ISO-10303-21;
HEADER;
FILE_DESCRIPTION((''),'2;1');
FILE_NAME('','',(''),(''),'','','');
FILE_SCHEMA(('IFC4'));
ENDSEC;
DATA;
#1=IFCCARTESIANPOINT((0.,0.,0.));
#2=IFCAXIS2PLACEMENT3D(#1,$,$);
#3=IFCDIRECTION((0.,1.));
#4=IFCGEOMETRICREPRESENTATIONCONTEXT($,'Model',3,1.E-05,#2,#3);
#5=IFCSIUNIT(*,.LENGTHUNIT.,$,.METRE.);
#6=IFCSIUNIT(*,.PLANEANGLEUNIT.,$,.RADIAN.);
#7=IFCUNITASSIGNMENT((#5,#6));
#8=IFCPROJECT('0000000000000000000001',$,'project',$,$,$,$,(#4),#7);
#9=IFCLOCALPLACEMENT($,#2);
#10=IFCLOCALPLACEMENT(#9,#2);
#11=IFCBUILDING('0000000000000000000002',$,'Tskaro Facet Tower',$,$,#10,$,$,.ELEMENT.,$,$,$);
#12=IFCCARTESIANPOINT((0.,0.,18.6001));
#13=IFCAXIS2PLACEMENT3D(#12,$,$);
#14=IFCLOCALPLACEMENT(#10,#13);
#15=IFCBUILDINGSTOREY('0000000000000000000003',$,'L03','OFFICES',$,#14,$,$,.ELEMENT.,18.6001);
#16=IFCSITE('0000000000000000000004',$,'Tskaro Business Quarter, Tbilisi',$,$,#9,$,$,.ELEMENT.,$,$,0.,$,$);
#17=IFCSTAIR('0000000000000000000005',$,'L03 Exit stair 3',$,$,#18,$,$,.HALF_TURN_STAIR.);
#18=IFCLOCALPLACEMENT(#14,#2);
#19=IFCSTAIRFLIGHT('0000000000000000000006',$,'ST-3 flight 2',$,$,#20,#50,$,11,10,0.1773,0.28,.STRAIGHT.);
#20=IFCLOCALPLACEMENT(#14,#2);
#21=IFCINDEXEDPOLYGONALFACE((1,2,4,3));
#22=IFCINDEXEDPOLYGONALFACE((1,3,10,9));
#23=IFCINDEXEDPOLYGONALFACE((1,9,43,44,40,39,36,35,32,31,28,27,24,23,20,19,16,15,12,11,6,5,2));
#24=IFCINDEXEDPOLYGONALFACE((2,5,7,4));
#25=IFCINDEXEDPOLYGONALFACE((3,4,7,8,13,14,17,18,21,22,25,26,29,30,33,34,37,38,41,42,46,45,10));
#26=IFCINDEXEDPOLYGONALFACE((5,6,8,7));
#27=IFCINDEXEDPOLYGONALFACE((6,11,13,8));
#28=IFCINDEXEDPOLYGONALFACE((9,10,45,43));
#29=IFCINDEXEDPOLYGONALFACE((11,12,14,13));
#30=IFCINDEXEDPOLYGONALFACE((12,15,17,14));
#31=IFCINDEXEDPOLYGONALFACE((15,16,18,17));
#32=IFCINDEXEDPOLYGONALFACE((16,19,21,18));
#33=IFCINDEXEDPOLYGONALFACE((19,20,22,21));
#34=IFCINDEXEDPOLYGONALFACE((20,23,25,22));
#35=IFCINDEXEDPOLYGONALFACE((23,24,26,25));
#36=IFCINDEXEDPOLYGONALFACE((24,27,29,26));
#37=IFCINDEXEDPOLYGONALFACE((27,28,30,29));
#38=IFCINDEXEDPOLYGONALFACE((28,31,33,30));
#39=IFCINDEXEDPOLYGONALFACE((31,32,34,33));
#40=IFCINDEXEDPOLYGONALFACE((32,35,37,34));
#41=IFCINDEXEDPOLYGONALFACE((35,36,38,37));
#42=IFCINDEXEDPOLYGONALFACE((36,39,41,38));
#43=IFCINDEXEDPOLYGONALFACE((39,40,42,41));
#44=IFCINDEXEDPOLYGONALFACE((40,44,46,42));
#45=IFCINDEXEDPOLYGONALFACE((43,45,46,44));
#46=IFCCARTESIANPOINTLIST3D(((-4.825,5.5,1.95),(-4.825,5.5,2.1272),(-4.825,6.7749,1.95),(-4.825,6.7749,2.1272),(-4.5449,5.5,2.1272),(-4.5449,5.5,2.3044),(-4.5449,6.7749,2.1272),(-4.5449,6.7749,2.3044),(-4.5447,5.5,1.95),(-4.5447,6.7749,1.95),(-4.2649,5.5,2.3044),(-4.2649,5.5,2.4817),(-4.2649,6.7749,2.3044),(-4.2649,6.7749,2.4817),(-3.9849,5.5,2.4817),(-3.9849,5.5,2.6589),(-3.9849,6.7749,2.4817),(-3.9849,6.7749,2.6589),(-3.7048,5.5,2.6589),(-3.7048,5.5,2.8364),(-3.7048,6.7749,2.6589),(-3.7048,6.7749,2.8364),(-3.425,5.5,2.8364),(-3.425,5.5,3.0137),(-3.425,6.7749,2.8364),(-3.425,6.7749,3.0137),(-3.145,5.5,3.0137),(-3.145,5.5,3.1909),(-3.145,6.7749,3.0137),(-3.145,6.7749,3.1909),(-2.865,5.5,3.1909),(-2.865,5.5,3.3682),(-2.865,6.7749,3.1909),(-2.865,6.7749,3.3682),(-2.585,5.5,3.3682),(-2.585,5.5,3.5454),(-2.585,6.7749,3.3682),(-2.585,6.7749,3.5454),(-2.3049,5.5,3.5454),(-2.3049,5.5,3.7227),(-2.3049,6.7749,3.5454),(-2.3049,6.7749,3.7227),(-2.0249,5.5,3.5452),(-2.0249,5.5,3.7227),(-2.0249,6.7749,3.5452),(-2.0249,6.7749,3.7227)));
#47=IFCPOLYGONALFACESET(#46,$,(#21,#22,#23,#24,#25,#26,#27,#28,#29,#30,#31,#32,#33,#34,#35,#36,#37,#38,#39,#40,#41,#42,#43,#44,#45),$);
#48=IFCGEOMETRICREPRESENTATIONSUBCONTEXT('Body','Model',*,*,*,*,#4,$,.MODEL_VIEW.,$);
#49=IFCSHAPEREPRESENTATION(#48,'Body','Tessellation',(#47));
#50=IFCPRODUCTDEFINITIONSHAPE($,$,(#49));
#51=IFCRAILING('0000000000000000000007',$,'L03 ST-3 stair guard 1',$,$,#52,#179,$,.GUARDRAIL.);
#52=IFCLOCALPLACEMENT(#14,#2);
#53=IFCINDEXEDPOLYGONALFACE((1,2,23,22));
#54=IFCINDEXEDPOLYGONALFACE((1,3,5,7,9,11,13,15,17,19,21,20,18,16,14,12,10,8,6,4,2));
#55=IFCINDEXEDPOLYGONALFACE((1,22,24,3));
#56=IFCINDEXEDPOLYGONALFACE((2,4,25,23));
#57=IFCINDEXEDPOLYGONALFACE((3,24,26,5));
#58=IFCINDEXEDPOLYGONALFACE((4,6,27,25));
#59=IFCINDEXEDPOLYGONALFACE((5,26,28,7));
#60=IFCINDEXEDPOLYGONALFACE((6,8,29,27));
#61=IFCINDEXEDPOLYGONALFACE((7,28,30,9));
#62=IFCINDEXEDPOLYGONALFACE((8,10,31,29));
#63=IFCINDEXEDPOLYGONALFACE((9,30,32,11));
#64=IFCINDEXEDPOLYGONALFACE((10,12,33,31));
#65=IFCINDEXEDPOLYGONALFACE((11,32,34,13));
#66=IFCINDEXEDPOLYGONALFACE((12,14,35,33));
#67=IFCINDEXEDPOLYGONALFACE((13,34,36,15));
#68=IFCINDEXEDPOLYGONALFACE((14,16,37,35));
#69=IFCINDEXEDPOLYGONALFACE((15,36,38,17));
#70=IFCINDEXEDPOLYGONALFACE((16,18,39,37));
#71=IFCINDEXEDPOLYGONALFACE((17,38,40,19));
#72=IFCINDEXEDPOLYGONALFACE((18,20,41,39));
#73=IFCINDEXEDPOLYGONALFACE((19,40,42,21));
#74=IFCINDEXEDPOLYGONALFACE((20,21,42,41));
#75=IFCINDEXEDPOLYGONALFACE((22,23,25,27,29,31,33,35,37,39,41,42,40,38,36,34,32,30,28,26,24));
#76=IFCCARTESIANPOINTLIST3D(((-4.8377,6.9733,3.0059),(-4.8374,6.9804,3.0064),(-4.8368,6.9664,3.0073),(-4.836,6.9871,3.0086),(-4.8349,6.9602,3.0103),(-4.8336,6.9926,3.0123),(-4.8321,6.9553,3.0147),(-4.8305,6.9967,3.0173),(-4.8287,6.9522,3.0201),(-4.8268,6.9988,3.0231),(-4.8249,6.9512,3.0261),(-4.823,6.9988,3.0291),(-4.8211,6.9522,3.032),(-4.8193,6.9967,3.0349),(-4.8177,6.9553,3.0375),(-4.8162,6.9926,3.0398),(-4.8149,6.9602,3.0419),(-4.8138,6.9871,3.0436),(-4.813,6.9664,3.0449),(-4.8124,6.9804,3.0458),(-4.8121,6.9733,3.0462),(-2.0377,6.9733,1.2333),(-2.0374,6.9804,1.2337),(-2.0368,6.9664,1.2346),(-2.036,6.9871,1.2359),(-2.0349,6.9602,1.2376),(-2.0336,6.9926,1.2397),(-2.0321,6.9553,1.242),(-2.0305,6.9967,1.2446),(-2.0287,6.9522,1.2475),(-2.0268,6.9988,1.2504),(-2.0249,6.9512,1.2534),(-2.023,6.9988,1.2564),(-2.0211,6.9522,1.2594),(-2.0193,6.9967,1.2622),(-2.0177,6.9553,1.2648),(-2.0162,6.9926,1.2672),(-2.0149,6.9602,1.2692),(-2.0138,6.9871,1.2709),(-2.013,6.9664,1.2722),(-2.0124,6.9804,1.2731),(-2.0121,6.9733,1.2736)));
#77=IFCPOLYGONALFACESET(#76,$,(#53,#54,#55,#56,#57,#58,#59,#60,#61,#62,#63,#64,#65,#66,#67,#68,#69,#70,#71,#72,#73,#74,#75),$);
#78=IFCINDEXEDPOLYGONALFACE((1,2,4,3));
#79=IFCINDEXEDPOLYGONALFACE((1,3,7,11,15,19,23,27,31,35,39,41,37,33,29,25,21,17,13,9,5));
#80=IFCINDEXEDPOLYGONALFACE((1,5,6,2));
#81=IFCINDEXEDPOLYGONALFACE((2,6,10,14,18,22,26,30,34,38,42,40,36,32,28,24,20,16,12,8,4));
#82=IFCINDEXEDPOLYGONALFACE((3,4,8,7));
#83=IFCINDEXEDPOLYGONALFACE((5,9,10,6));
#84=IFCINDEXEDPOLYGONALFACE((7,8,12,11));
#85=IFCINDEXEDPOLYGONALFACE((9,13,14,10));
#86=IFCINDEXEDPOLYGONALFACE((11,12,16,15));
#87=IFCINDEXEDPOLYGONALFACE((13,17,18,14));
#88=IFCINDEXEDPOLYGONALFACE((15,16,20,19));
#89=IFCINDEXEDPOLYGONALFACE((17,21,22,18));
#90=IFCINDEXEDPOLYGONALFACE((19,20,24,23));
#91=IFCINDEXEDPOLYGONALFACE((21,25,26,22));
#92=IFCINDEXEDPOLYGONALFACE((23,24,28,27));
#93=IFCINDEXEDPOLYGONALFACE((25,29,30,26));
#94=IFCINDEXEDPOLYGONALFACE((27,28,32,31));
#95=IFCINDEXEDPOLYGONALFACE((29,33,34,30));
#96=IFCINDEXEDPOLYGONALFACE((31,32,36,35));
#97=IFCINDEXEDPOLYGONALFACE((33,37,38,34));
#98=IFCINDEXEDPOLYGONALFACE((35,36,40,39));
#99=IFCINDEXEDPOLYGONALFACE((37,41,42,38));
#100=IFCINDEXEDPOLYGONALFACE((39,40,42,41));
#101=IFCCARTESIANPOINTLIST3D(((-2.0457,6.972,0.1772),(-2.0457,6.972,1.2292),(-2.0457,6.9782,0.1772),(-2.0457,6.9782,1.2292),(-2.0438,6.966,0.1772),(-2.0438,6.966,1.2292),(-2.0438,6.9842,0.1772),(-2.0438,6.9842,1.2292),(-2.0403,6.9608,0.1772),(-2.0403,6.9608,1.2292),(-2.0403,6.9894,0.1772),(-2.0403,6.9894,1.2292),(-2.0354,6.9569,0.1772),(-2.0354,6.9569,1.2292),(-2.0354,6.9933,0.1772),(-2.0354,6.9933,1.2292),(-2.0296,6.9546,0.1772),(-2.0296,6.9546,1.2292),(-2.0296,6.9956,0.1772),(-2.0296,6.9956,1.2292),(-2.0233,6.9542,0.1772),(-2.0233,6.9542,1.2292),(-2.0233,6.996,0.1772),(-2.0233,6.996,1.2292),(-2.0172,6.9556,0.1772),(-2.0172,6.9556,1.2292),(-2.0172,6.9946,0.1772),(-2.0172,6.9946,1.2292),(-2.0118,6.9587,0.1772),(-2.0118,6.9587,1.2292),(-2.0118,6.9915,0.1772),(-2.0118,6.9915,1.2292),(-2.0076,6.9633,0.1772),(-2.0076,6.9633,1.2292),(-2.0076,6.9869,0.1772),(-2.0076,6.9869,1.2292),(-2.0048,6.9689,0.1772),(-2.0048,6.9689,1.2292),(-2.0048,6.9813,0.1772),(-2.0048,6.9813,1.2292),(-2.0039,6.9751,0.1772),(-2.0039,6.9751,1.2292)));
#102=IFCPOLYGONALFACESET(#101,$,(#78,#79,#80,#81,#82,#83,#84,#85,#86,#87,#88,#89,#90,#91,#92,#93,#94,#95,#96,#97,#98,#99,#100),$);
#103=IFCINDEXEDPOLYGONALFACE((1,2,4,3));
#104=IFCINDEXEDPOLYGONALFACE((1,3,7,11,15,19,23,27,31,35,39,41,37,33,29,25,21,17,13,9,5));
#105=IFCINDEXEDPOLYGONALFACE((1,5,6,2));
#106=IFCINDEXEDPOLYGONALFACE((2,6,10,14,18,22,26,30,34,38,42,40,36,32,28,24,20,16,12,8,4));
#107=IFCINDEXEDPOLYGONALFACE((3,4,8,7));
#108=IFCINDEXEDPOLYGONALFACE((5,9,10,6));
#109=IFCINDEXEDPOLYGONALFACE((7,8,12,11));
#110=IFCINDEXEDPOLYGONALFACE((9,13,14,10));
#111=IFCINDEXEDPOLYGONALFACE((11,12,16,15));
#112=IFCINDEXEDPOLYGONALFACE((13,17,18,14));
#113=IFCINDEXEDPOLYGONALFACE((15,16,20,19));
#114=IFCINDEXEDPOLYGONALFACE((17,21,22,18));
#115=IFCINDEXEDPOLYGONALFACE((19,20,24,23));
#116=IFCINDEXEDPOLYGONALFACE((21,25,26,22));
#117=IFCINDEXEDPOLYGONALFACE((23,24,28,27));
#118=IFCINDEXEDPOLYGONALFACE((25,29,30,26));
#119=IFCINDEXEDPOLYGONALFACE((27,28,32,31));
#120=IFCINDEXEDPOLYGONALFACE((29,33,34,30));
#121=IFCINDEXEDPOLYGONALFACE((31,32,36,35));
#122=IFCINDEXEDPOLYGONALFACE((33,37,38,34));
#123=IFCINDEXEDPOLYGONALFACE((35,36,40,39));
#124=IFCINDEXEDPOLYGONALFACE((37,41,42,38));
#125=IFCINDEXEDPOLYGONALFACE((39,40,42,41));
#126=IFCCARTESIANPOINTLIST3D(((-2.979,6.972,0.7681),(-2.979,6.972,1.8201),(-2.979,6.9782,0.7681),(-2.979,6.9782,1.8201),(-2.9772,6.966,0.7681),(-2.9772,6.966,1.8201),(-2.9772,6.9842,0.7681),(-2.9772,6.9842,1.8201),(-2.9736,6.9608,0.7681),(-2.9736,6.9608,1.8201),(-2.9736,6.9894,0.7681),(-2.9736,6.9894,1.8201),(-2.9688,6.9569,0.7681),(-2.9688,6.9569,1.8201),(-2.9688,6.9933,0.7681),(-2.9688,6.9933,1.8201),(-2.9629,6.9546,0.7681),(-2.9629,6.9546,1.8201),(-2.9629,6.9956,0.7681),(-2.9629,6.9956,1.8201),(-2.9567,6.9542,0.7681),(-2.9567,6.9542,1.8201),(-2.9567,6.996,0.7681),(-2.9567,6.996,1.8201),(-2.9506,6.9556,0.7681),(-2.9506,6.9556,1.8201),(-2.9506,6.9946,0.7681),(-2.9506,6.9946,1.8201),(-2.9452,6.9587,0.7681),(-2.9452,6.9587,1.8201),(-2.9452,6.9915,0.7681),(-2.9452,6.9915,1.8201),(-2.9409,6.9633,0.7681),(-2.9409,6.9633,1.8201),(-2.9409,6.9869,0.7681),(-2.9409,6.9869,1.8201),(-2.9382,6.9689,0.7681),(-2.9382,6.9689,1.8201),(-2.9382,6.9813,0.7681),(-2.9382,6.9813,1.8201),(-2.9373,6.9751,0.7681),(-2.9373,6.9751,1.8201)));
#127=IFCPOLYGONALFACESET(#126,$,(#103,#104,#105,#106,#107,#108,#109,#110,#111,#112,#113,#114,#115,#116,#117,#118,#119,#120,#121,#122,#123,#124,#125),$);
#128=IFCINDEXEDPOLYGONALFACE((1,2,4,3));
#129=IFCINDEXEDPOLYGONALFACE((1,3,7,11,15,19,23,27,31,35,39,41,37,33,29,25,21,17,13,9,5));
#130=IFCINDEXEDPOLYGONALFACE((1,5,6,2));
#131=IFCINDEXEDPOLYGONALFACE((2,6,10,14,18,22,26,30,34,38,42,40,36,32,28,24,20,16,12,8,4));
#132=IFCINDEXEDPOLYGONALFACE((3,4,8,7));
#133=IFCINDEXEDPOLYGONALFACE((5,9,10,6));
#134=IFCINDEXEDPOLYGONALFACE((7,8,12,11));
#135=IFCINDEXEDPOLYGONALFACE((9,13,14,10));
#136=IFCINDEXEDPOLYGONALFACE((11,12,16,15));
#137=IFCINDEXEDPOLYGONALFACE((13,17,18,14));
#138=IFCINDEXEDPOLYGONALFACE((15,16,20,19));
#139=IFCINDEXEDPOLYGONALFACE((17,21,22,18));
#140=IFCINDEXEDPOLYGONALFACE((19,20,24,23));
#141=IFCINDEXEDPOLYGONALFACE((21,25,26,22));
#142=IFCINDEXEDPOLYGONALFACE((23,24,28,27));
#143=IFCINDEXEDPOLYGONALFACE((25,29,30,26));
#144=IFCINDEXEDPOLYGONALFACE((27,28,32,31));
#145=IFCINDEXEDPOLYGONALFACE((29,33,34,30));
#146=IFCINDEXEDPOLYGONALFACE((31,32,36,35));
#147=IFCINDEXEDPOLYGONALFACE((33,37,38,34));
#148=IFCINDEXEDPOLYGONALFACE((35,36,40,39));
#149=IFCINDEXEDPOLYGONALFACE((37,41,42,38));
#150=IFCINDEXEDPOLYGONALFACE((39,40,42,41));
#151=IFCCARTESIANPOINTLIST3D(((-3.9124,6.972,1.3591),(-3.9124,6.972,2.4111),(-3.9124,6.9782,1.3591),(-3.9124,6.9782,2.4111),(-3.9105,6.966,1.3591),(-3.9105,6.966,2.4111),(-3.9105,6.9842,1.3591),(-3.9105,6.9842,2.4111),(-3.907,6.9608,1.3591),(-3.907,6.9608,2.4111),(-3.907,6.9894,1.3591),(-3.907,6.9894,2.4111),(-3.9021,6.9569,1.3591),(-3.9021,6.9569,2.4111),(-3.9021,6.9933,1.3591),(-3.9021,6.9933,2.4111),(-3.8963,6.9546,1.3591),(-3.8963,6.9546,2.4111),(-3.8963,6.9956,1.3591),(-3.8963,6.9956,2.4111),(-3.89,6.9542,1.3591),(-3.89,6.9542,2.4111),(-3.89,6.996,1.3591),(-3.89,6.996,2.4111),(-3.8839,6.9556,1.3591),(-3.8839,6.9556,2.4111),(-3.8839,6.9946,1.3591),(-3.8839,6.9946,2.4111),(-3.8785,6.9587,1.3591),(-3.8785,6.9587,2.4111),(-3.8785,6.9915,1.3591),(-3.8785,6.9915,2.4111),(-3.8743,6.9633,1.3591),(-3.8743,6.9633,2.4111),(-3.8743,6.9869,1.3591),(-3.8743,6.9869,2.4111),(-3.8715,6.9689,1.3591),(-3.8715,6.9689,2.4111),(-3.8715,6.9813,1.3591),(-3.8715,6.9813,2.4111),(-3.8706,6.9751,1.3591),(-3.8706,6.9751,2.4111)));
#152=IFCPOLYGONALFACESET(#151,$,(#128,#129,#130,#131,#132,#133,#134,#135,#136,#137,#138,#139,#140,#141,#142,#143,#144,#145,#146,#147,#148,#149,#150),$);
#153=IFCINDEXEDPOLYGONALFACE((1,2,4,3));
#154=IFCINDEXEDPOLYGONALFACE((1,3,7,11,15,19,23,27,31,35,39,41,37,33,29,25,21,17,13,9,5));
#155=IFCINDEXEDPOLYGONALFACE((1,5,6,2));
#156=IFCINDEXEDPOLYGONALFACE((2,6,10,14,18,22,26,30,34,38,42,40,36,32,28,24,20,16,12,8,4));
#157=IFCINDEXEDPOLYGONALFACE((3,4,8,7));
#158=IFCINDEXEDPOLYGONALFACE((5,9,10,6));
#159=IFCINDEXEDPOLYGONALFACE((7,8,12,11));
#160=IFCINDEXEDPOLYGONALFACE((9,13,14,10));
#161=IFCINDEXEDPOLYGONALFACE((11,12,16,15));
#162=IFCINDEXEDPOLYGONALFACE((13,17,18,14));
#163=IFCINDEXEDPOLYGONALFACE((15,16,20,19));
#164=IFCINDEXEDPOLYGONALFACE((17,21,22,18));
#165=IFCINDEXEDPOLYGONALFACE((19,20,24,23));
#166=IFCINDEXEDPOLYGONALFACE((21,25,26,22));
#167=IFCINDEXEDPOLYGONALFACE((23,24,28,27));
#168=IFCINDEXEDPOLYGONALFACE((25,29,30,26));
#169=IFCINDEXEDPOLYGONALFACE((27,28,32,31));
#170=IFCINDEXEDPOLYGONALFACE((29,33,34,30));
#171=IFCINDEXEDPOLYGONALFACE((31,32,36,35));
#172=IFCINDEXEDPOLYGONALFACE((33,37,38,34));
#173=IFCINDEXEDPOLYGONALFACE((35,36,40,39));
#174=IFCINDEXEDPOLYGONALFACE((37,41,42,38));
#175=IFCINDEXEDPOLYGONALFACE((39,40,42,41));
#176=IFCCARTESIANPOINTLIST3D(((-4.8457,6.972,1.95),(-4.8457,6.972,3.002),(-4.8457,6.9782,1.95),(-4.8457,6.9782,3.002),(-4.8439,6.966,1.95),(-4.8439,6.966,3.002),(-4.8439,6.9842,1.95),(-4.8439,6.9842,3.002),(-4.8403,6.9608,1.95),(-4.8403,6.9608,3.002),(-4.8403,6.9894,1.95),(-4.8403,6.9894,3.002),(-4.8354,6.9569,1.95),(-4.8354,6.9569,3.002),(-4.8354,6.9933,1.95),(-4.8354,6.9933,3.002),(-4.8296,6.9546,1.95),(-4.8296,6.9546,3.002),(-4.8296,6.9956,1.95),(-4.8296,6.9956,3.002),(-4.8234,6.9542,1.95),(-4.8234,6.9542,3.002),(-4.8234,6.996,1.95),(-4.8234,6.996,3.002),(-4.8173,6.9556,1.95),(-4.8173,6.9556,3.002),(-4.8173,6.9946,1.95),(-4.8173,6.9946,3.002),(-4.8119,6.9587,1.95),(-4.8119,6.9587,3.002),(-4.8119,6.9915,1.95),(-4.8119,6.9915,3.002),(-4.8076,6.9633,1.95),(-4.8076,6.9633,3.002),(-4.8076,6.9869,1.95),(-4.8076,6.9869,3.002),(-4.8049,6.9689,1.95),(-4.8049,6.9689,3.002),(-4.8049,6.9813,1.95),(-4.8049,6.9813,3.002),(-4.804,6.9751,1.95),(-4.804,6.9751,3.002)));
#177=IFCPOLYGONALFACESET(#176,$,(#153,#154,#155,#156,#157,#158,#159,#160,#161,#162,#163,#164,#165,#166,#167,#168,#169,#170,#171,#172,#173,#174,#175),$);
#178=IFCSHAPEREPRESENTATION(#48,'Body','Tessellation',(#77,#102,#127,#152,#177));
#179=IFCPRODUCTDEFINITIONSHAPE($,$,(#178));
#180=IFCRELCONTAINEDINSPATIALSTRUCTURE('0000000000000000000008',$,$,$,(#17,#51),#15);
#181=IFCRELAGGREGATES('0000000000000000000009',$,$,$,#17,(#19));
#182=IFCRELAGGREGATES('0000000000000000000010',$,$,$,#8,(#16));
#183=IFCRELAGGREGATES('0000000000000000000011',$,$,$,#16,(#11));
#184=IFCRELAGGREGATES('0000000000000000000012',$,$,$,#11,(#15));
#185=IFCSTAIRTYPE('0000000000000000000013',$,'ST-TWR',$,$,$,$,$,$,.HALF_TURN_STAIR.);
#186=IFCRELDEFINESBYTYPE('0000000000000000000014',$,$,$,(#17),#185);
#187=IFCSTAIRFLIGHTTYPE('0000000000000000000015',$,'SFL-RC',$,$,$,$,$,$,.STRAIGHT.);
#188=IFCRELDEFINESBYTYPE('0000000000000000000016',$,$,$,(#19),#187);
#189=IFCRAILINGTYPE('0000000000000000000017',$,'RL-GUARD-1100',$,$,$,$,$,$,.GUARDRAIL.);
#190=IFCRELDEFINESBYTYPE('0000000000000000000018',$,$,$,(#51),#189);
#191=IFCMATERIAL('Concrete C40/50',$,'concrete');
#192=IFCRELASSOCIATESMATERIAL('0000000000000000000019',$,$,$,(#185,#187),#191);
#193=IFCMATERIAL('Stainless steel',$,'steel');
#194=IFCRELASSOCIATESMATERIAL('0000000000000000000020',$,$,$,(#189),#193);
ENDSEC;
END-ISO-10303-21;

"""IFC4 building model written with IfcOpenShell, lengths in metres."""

from ifc_helpers import new_model, si_unit, direction, frame, origin, origin_2d, place, context, subcontext, project, spatial, polyline, circle, outline, extrude, material, type_object, element, aggregate, save


model = new_model("IFC4")

# Units and contexts
model_context = context("Model", 3, precision=1e-05, world=origin(), true_north=direction((0.0, 1.0)))
body_context = subcontext(model_context, "Body", "Model", "MODEL_VIEW")
ifc_project = project(units=[si_unit("LENGTHUNIT", "METRE"), si_unit("PLANEANGLEUNIT", "RADIAN")], contexts=[model_context])

# Site, building, storey
site_placement = place(None, origin())
site = spatial("IfcSite", under=ifc_project, at=site_placement, Name="Tskaro Business Quarter, Tbilisi", CompositionType="ELEMENT", RefElevation=0.0)
building_placement = place(site_placement, origin())
building = spatial("IfcBuilding", under=site, at=building_placement, Name="Tskaro Facet Tower", CompositionType="ELEMENT")
storey_placement = place(building_placement, frame((0.0, 0.0, 18.6001)))
storey = spatial("IfcBuildingStorey", under=building, at=storey_placement, Name="L03", Description="OFFICES", CompositionType="ELEMENT", Elevation=18.6001)

# Stair, stair flight
ifc_material_1 = material(Name="Concrete C40/50", Category="concrete")
stair_type = type_object("IfcStairType", Name="ST-TWR", PredefinedType="HALF_TURN_STAIR", material=ifc_material_1)
stair_placement = place(storey_placement, origin())
stair = element("IfcStair", 1, at=stair_placement, inside=storey, type_object=stair_type, Name="L03 Exit stair 3", PredefinedType="HALF_TURN_STAIR")
stair_flight_type = type_object("IfcStairFlightType", Name="SFL-RC", PredefinedType="STRAIGHT", material=ifc_material_1)
stair_flight_1_placement = place(storey_placement, frame((-4.825, 6.1375, 1.95), z_axis=(0.0, 0.0, 1.0), x_axis=(1.0, 0.0, 0.0)))
stair_flight_1 = element("IfcStairFlight", 2, at=stair_flight_1_placement, type_object=stair_flight_type, Name="ST-3 flight 2", NumberOfRisers=11, NumberOfTreads=10, PredefinedType="STRAIGHT", RiserHeight=0.1773, TreadLength=0.28, context=body_context, shape_type="SweptSolid", body=[
    extrude(outline(polyline([(0.0, 0.0), (0.0, 0.1772), (0.28, 0.1772), (0.28, 0.3545), (0.5601, 0.3545), (0.5601, 0.5317), (0.8401, 0.5317), (0.8401, 0.709), (1.1201, 0.709), (1.1201, 0.8865), (1.3999, 0.8865), (1.3999, 1.0637), (1.6799, 1.0637), (1.6799, 1.241), (1.96, 1.241), (1.96, 1.4182), (2.24, 1.4182), (2.24, 1.5955), (2.52, 1.5955), (2.52, 1.7727), (2.8, 1.7727), (2.8, 1.95), (2.8, 1.5952), (0.2803, 0.0), (0.0, 0.0)])), frame((0.0, 0.6375, 0.0), z_axis=(0.0, -1.0, 0.0), x_axis=(1.0, 0.0, 0.0)), (0.0, 0.0, 1.0), 1.2749),
])
aggregate(stair, [stair_flight_1])

# Railing
ifc_material_2 = material(Name="Stainless steel", Category="steel")
railing_type_1 = type_object("IfcRailingType", Name="RL-GUARD-1100", PredefinedType="GUARDRAIL", material=ifc_material_2)
railing_1_placement = place(storey_placement, frame((-2.0249, 6.9751, 0.1772)))
element("IfcRailing", 3, at=railing_1_placement, inside=storey, type_object=railing_type_1, Name="L03 ST-3 stair guard 1", PredefinedType="GUARDRAIL", context=body_context, shape_type="SweptSolid", body=[
    extrude(circle(Radius=0.0239, at=origin_2d()), frame((0.0, 0.0, 1.0762), z_axis=(-0.844909, 0.0, 0.53491), x_axis=(0.0, -1.0, 0.0)), (0.0, 0.0, 1.0), 3.314),
    extrude(circle(Radius=0.021, at=origin_2d()), origin(), (0.0, 0.0, 1.0), 1.052),
    extrude(circle(Radius=0.021, at=origin_2d()), frame((-0.9333, 0.0, 0.5908)), (0.0, 0.0, 1.0), 1.052),
    extrude(circle(Radius=0.021, at=origin_2d()), frame((-1.8667, 0.0, 1.1819)), (0.0, 0.0, 1.0), 1.052),
    extrude(circle(Radius=0.021, at=origin_2d()), frame((-2.8, 0.0, 1.7727)), (0.0, 0.0, 1.0), 1.052),
])

save(model, "model.ifc")
